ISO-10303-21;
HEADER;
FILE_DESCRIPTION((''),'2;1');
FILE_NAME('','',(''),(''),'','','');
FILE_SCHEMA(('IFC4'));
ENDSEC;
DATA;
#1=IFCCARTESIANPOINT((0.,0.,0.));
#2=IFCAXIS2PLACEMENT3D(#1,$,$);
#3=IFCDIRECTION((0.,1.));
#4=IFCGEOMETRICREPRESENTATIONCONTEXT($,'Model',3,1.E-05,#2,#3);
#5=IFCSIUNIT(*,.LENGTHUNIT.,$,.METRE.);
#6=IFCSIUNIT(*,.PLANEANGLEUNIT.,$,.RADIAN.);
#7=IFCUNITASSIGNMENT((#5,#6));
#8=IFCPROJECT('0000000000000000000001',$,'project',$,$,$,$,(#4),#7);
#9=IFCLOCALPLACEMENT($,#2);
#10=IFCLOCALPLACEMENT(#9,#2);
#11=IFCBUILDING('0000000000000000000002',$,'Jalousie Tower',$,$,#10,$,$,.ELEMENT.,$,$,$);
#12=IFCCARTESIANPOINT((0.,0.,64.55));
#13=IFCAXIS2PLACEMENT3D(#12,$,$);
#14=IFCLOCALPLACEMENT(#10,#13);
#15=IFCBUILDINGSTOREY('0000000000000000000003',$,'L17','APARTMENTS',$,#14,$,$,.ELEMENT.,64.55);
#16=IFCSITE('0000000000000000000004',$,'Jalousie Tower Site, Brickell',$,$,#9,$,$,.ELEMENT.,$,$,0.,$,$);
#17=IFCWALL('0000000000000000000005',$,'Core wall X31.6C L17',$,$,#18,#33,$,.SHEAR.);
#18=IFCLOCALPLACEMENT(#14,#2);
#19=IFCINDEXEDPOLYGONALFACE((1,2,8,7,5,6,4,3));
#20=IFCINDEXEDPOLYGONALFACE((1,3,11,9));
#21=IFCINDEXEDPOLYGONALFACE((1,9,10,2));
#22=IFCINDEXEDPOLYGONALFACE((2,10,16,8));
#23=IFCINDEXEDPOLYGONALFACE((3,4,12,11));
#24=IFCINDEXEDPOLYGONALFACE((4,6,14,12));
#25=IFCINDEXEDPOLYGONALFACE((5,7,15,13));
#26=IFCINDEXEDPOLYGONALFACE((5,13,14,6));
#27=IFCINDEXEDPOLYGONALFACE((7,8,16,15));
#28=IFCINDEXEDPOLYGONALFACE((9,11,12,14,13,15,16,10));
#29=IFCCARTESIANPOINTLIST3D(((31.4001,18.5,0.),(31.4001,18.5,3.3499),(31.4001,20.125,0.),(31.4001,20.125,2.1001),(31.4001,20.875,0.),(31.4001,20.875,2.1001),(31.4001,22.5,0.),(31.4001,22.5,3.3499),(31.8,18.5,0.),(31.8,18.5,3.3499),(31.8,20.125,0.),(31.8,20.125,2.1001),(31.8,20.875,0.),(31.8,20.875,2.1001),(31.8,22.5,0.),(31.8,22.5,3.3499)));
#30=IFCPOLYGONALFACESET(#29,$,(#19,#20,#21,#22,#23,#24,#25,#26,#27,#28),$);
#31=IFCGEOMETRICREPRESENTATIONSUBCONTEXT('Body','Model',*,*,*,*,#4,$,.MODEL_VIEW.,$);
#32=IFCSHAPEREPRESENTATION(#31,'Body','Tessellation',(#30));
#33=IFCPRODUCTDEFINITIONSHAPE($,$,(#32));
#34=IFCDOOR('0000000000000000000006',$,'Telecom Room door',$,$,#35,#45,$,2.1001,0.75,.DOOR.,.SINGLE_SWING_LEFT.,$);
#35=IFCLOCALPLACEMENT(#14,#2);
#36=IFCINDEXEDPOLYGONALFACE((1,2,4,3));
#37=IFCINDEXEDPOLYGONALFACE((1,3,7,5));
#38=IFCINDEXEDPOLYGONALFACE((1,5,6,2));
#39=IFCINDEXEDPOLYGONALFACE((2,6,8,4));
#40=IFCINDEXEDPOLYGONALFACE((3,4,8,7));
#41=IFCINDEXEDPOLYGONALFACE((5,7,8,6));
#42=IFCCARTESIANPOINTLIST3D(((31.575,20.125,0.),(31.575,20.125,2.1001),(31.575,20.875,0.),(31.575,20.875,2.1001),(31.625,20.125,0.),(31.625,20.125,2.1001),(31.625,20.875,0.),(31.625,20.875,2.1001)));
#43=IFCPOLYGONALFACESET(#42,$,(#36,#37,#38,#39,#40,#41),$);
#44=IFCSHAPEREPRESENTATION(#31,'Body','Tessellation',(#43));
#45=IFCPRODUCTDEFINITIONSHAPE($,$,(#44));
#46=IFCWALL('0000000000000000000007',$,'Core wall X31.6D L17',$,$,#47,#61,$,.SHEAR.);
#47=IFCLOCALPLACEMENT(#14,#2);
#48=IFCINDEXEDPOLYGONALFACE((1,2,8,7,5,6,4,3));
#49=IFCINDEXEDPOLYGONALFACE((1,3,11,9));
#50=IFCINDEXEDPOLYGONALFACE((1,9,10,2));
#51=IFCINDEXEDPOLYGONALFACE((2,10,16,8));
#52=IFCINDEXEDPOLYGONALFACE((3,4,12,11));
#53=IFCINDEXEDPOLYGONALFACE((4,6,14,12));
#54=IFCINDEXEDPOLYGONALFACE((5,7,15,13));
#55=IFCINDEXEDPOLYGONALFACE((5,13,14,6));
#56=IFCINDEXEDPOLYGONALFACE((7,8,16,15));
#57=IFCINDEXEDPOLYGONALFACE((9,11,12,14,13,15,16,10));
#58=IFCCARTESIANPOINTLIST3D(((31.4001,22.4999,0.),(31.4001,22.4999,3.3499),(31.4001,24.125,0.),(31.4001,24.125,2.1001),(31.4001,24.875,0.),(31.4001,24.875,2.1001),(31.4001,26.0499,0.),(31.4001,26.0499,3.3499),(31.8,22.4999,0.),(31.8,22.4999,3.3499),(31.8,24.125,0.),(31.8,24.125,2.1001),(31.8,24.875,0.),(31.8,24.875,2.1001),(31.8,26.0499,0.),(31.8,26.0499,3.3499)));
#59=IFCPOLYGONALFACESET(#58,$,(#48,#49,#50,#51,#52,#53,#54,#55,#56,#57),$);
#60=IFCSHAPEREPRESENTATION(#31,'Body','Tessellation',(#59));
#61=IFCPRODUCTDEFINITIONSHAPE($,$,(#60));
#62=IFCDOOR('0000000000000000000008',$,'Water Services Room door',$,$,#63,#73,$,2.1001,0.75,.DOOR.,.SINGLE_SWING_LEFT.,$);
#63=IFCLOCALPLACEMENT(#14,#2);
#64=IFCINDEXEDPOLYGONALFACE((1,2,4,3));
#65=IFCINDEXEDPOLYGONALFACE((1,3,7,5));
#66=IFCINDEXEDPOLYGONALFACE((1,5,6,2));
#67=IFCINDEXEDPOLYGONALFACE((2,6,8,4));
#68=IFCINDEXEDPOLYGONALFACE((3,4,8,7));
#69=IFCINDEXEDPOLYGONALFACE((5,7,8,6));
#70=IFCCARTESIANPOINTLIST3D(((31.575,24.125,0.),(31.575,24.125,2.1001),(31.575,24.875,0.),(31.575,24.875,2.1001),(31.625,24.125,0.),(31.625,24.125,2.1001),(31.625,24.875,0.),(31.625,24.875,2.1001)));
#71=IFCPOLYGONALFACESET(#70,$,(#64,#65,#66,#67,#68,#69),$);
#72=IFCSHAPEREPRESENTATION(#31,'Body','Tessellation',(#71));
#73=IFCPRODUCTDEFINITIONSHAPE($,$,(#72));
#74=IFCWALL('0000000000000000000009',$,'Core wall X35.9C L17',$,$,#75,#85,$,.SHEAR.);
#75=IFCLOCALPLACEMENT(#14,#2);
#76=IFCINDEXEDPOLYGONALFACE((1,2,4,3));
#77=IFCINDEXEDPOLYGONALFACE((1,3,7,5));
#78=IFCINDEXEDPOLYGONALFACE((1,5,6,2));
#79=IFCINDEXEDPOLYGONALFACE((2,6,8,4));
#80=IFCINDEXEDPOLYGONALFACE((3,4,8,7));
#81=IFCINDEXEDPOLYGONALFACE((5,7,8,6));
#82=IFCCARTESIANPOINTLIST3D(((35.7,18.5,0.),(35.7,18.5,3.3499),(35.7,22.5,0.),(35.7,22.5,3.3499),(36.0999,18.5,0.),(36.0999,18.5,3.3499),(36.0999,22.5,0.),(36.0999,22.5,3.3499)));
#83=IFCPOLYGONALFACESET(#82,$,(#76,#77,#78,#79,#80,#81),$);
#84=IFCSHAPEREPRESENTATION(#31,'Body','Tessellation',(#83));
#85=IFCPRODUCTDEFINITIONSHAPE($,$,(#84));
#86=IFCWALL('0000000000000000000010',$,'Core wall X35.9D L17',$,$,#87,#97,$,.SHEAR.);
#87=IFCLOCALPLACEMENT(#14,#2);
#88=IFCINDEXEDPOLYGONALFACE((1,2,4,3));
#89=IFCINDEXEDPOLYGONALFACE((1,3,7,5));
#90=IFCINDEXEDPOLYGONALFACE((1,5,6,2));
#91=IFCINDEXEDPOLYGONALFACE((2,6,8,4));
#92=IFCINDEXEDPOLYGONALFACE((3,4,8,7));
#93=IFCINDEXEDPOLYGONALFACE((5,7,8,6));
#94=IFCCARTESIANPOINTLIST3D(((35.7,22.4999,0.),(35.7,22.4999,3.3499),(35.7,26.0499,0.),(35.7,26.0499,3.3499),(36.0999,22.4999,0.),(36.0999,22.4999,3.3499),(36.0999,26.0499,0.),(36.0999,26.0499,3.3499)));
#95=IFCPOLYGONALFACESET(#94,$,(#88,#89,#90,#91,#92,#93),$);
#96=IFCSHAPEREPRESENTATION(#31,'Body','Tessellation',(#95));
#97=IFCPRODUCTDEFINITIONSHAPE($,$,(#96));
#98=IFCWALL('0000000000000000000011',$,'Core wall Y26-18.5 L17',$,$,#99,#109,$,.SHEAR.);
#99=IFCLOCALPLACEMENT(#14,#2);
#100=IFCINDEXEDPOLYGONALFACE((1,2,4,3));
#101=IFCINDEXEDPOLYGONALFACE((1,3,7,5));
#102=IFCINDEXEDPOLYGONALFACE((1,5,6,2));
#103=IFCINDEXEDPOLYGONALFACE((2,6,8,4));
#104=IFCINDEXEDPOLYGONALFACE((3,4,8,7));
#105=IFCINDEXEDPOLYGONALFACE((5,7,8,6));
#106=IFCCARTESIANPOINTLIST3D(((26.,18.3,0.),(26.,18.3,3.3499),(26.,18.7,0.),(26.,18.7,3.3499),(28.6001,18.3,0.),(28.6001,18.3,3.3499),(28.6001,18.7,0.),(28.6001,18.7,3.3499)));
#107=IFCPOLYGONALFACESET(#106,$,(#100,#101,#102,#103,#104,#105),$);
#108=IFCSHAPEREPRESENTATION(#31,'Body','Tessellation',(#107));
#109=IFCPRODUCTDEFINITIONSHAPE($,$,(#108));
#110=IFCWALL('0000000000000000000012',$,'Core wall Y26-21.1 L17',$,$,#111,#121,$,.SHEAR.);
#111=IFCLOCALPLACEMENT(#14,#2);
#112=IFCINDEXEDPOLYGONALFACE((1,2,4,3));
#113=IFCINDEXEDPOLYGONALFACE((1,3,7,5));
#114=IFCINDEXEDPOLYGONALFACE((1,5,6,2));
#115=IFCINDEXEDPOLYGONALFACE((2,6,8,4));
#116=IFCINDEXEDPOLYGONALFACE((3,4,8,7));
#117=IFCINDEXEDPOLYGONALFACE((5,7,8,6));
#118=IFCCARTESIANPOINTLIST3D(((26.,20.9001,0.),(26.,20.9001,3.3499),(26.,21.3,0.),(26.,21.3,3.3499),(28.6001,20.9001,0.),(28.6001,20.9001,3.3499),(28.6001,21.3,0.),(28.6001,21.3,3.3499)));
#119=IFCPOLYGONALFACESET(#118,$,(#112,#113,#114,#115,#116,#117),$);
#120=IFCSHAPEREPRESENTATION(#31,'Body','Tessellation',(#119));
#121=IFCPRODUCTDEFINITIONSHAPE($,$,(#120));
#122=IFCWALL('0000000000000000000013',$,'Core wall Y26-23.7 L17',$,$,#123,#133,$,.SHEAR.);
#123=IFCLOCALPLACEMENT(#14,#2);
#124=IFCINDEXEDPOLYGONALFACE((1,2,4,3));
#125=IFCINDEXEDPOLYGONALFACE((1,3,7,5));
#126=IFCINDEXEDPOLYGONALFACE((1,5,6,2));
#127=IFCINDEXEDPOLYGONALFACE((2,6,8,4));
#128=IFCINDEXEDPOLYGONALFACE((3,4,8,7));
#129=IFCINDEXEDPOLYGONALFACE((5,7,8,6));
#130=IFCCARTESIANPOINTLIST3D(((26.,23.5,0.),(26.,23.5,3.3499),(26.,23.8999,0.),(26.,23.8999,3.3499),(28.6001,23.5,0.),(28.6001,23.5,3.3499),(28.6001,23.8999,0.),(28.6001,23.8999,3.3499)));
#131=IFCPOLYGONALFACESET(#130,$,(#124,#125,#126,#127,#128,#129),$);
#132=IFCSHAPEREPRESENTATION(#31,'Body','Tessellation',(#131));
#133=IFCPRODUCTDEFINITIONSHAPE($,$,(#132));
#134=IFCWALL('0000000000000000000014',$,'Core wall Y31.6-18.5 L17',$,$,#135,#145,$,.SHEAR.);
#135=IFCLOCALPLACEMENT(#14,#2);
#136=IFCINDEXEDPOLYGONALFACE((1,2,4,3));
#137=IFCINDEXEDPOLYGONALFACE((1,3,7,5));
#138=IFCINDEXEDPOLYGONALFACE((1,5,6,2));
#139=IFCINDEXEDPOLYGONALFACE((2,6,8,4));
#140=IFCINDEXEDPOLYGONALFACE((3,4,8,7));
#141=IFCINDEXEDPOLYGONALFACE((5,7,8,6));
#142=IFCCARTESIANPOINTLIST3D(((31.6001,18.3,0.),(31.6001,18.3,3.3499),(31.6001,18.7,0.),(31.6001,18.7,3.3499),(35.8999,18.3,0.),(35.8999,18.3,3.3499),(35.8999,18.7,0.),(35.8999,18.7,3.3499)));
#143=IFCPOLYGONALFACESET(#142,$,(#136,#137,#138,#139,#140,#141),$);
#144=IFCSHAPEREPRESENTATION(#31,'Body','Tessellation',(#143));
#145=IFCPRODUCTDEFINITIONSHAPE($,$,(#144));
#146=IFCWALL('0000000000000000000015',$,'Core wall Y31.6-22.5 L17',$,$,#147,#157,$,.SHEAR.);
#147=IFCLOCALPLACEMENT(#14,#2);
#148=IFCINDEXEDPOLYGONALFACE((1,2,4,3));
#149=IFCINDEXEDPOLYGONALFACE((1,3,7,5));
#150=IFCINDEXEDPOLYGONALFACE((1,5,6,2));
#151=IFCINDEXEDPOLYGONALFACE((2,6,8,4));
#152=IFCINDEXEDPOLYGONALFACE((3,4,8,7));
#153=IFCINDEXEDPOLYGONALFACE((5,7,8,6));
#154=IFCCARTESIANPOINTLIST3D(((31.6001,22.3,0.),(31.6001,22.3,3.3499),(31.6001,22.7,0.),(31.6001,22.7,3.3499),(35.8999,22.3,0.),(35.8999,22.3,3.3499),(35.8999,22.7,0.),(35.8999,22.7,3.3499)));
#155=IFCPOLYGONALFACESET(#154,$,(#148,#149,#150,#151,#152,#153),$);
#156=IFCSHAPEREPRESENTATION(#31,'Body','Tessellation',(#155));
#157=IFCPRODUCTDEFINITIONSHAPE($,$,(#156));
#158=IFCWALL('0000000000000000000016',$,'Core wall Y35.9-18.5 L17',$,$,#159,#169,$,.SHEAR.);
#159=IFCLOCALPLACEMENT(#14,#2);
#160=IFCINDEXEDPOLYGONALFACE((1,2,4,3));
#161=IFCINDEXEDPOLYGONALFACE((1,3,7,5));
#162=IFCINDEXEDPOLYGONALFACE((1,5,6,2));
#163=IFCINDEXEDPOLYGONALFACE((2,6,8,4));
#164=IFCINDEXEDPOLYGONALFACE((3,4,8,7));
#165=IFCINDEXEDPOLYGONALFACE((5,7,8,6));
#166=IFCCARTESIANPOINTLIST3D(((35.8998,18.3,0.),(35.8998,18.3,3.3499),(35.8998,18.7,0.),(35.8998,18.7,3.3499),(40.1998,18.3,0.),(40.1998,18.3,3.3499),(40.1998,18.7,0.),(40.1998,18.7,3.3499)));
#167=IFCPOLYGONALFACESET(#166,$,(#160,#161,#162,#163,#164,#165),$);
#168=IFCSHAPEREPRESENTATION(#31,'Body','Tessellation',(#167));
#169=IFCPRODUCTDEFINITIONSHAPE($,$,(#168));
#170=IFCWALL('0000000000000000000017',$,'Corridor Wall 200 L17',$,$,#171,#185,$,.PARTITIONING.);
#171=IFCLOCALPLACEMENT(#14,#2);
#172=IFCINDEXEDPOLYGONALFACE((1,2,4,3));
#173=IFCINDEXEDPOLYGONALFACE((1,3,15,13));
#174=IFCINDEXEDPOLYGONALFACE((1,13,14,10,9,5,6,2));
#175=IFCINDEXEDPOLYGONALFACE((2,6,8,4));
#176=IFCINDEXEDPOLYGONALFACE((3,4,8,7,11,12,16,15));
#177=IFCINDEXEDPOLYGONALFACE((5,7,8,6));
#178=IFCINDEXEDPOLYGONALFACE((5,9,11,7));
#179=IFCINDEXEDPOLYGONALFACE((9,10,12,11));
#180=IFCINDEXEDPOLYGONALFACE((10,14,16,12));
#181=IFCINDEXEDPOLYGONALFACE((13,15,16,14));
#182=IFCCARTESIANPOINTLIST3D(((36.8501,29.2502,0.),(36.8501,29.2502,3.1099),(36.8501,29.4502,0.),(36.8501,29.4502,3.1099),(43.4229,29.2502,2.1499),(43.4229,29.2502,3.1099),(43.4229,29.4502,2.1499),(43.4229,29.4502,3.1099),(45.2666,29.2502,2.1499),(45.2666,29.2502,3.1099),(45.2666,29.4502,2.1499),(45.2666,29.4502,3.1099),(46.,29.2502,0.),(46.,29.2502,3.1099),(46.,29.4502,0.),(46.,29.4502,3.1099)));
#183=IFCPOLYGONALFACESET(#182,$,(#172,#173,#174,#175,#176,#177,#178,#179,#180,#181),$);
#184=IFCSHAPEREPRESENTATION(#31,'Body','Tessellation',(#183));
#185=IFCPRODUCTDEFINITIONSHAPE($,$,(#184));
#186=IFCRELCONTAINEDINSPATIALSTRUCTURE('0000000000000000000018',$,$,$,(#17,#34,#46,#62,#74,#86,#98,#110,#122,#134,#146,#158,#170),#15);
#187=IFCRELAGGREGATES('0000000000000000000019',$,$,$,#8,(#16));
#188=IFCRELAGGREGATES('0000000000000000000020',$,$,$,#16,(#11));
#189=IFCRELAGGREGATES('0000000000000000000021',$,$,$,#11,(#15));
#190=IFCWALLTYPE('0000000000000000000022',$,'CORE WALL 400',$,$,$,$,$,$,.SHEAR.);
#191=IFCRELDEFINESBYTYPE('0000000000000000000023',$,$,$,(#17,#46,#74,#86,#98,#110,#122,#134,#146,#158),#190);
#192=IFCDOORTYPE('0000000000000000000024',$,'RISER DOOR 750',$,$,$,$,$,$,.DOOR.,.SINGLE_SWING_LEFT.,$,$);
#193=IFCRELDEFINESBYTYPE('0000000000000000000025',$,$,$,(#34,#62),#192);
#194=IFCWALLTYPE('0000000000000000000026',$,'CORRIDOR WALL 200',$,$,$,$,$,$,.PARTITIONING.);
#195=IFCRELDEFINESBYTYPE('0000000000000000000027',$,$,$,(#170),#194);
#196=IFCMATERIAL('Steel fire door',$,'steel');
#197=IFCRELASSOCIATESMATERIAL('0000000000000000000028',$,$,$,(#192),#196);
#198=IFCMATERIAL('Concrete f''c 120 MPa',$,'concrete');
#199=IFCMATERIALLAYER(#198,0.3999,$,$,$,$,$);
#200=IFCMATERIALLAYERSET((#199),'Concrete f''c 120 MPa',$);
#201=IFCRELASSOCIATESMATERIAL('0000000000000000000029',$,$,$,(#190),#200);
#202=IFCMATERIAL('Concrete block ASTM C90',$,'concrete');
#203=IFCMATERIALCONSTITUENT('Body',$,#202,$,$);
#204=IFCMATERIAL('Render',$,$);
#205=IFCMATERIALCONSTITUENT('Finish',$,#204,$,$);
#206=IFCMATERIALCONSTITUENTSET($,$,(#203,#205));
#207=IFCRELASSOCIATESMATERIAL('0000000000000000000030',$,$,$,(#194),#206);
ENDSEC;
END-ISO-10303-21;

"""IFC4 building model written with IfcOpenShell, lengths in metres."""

from ifc_helpers import new_model, si_unit, direction, frame, frame_2d, origin, place, context, subcontext, project, spatial, polyline, rectangle, outline, extrude, material, layer, layer_set, constituent, constituent_set, type_object, element, fill, save


model = new_model("IFC4")

# Units and contexts
model_context = context("Model", 3, precision=1e-05, world=origin(), true_north=direction((0.0, 1.0)))
body_context = subcontext(model_context, "Body", "Model", "MODEL_VIEW")
ifc_project = project(units=[si_unit("LENGTHUNIT", "METRE"), si_unit("PLANEANGLEUNIT", "RADIAN")], contexts=[model_context])

# Site, building, storey
site_placement = place(None, origin())
site = spatial("IfcSite", under=ifc_project, at=site_placement, Name="Jalousie Tower Site, Brickell", CompositionType="ELEMENT", RefElevation=0.0)
building_placement = place(site_placement, origin())
building = spatial("IfcBuilding", under=site, at=building_placement, Name="Jalousie Tower", CompositionType="ELEMENT")
storey_placement = place(building_placement, frame((0.0, 0.0, 64.55)))
storey = spatial("IfcBuildingStorey", under=building, at=storey_placement, Name="L17", Description="APARTMENTS", CompositionType="ELEMENT", Elevation=64.55)

# Shared definitions
ifc_material_1 = material(Name="Steel fire door", Category="steel")
door_type_1 = type_object("IfcDoorType", Name="RISER DOOR 750", OperationType="SINGLE_SWING_LEFT", PredefinedType="DOOR", material=ifc_material_1)

# Shared definitions
ifc_material_2 = material(Name="Concrete f'c 120 MPa", Category="concrete")
ifc_layer_1 = layer(ifc_material_2, 0.3999)
ifc_layer_set_1 = layer_set([ifc_layer_1], Name="Concrete f'c 120 MPa")
wall_type_1 = type_object("IfcWallType", Name="CORE WALL 400", PredefinedType="SHEAR", material=ifc_layer_set_1)

# Walls, openings, doors
wall_1_placement = place(storey_placement, frame((31.6001, 18.5, 0.0), z_axis=(0.0, 0.0, 1.0), x_axis=(0.0, 1.0, 0.0)))
wall_1 = element("IfcWall", 1, at=wall_1_placement, inside=storey, type_object=wall_type_1, Name="Core wall X31.6C L17", PredefinedType="SHEAR", context=body_context, shape_type="SweptSolid", body=[
    extrude(rectangle(XDim=4.0, YDim=0.3999, at=frame_2d((2.0, 0.0))), origin(), (0.0, 0.0, 1.0), 3.3499),
])
opening_1_placement = place(wall_1_placement, frame((1.625, 0.0, 0.0)))
opening_1 = element("IfcOpeningElement", 2, at=opening_1_placement, cuts=wall_1, PredefinedType="OPENING", context=body_context, shape_type="SweptSolid", body=[
    extrude(rectangle(XDim=0.75, YDim=2.1001, at=frame_2d((0.375, 1.05))), frame((0.0, 0.21, 0.0), z_axis=(0.0, -1.0, 0.0), x_axis=(1.0, 0.0, 0.0)), (0.0, 0.0, 1.0), 0.4199),
])
door_1_placement = place(opening_1_placement, frame((0.75, 0.0, 0.0), z_axis=(0.0, 0.0, 1.0), x_axis=(-1.0, 0.0, 0.0)))
door_1 = element("IfcDoor", 3, at=door_1_placement, inside=storey, type_object=door_type_1, Name="Telecom Room door", OperationType="SINGLE_SWING_LEFT", OverallHeight=2.1001, OverallWidth=0.75, PredefinedType="DOOR", context=body_context, shape_type="SweptSolid", body=[
    extrude(rectangle(XDim=0.75, YDim=2.1001, at=frame_2d((0.375, 1.05))), frame((0.0, 0.0249, 0.0), z_axis=(0.0, -1.0, 0.0), x_axis=(1.0, 0.0, 0.0)), (0.0, 0.0, 1.0), 0.05),
])
fill(opening_1, door_1)
wall_2_placement = place(storey_placement, frame((31.6001, 22.5, 0.0), z_axis=(0.0, 0.0, 1.0), x_axis=(0.0, 1.0, 0.0)))
wall_2 = element("IfcWall", 4, at=wall_2_placement, inside=storey, type_object=wall_type_1, Name="Core wall X31.6D L17", PredefinedType="SHEAR", context=body_context, shape_type="SweptSolid", body=[
    extrude(rectangle(XDim=3.55, YDim=0.3999, at=frame_2d((1.7749, 0.0))), origin(), (0.0, 0.0, 1.0), 3.3499),
])
opening_2_placement = place(wall_2_placement, frame((1.625, 0.0, 0.0)))
opening_2 = element("IfcOpeningElement", 5, at=opening_2_placement, cuts=wall_2, PredefinedType="OPENING", context=body_context, shape_type="SweptSolid", body=[
    extrude(rectangle(XDim=0.75, YDim=2.1001, at=frame_2d((0.375, 1.05))), frame((0.0, 0.21, 0.0), z_axis=(0.0, -1.0, 0.0), x_axis=(1.0, 0.0, 0.0)), (0.0, 0.0, 1.0), 0.4199),
])
door_2_placement = place(opening_2_placement, frame((0.75, 0.0, 0.0), z_axis=(0.0, 0.0, 1.0), x_axis=(-1.0, 0.0, 0.0)))
door_2 = element("IfcDoor", 6, at=door_2_placement, inside=storey, type_object=door_type_1, Name="Water Services Room door", OperationType="SINGLE_SWING_LEFT", OverallHeight=2.1001, OverallWidth=0.75, PredefinedType="DOOR", context=body_context, shape_type="SweptSolid", body=[
    extrude(rectangle(XDim=0.75, YDim=2.1001, at=frame_2d((0.375, 1.05))), frame((0.0, 0.0249, 0.0), z_axis=(0.0, -1.0, 0.0), x_axis=(1.0, 0.0, 0.0)), (0.0, 0.0, 1.0), 0.05),
])
fill(opening_2, door_2)

# Walls
wall_3_placement = place(storey_placement, frame((35.8999, 18.5, 0.0), z_axis=(0.0, 0.0, 1.0), x_axis=(0.0, 1.0, 0.0)))
element("IfcWall", 7, at=wall_3_placement, inside=storey, type_object=wall_type_1, Name="Core wall X35.9C L17", PredefinedType="SHEAR", context=body_context, shape_type="SweptSolid", body=[
    extrude(rectangle(XDim=4.0, YDim=0.3999, at=frame_2d((2.0, 0.0))), origin(), (0.0, 0.0, 1.0), 3.3499),
])
wall_4_placement = place(storey_placement, frame((35.8999, 22.5, 0.0), z_axis=(0.0, 0.0, 1.0), x_axis=(0.0, 1.0, 0.0)))
element("IfcWall", 8, at=wall_4_placement, inside=storey, type_object=wall_type_1, Name="Core wall X35.9D L17", PredefinedType="SHEAR", context=body_context, shape_type="SweptSolid", body=[
    extrude(rectangle(XDim=3.55, YDim=0.3999, at=frame_2d((1.7749, 0.0))), origin(), (0.0, 0.0, 1.0), 3.3499),
])
for number, where, z_axis, x_axis, name in (
    (9, (26.0, 18.5, 0.0), (0.0, 0.0, 1.0), (1.0, 0.0, 0.0), "Core wall Y26-18.5 L17"),
    (10, (26.0, 21.1001, 0.0), (0.0, 0.0, 1.0), (1.0, 0.0, 0.0), "Core wall Y26-21.1 L17"),
    (11, (26.0, 23.7, 0.0), (0.0, 0.0, 1.0), (1.0, 0.0, 0.0), "Core wall Y26-23.7 L17"),
):
    element("IfcWall", number, at=place(storey_placement, frame(where, z_axis=z_axis, x_axis=x_axis)), inside=storey, type_object=wall_type_1, Name=name, PredefinedType="SHEAR", context=body_context, shape_type="SweptSolid", body=[
        extrude(rectangle(XDim=2.6001, YDim=0.3999, at=frame_2d((1.3, 0.0))), origin(), (0.0, 0.0, 1.0), 3.3499),
    ])
for number, where, z_axis, x_axis, name in (
    (12, (31.6001, 18.5, 0.0), (0.0, 0.0, 1.0), (1.0, 0.0, 0.0), "Core wall Y31.6-18.5 L17"),
    (13, (31.6001, 22.5, 0.0), (0.0, 0.0, 1.0), (1.0, 0.0, 0.0), "Core wall Y31.6-22.5 L17"),
):
    element("IfcWall", number, at=place(storey_placement, frame(where, z_axis=z_axis, x_axis=x_axis)), inside=storey, type_object=wall_type_1, Name=name, PredefinedType="SHEAR", context=body_context, shape_type="SweptSolid", body=[
        extrude(rectangle(XDim=4.2998, YDim=0.3999, at=frame_2d((2.1499, 0.0))), origin(), (0.0, 0.0, 1.0), 3.3499),
    ])
wall_5_placement = place(storey_placement, frame((35.8999, 18.5, 0.0), z_axis=(0.0, 0.0, 1.0), x_axis=(1.0, 0.0, 0.0)))
element("IfcWall", 14, at=wall_5_placement, inside=storey, type_object=wall_type_1, Name="Core wall Y35.9-18.5 L17", PredefinedType="SHEAR", context=body_context, shape_type="SweptSolid", body=[
    extrude(rectangle(XDim=4.3, YDim=0.3999, at=frame_2d((2.1499, 0.0))), origin(), (0.0, 0.0, 1.0), 3.3499),
])
ifc_material_3 = material(Name="Concrete block ASTM C90", Category="concrete")
ifc_constituent_1 = constituent(ifc_material_3, Name="Body")
ifc_material_4 = material(Name="Render")
ifc_constituent_2 = constituent(ifc_material_4, Name="Finish")
ifc_constituent_set_1 = constituent_set(constituents=[ifc_constituent_1, ifc_constituent_2])
wall_type_2 = type_object("IfcWallType", Name="CORRIDOR WALL 200", PredefinedType="PARTITIONING", material=ifc_constituent_set_1)
wall_6_placement = place(storey_placement, frame((36.8501, 29.3501, 0.0), z_axis=(0.0, 0.0, 1.0), x_axis=(1.0, 0.0, 0.0)))
element("IfcWall", 15, at=wall_6_placement, inside=storey, type_object=wall_type_2, Name="Corridor Wall 200 L17", PredefinedType="PARTITIONING", context=body_context, shape_type="SweptSolid", body=[
    extrude(outline(polyline([(0.0, 0.0), (9.1499, 0.0), (9.1499, 3.1099), (8.4165, 3.1099), (8.4165, 2.1499), (6.5728, 2.1499), (6.5728, 3.1099), (0.0, 3.1099), (0.0, 0.0)])), frame((0.0, 0.1001, 0.0), z_axis=(0.0, -1.0, 0.0), x_axis=(1.0, 0.0, 0.0)), (0.0, 0.0, 1.0), 0.2),
])

save(model, "model.ifc")
